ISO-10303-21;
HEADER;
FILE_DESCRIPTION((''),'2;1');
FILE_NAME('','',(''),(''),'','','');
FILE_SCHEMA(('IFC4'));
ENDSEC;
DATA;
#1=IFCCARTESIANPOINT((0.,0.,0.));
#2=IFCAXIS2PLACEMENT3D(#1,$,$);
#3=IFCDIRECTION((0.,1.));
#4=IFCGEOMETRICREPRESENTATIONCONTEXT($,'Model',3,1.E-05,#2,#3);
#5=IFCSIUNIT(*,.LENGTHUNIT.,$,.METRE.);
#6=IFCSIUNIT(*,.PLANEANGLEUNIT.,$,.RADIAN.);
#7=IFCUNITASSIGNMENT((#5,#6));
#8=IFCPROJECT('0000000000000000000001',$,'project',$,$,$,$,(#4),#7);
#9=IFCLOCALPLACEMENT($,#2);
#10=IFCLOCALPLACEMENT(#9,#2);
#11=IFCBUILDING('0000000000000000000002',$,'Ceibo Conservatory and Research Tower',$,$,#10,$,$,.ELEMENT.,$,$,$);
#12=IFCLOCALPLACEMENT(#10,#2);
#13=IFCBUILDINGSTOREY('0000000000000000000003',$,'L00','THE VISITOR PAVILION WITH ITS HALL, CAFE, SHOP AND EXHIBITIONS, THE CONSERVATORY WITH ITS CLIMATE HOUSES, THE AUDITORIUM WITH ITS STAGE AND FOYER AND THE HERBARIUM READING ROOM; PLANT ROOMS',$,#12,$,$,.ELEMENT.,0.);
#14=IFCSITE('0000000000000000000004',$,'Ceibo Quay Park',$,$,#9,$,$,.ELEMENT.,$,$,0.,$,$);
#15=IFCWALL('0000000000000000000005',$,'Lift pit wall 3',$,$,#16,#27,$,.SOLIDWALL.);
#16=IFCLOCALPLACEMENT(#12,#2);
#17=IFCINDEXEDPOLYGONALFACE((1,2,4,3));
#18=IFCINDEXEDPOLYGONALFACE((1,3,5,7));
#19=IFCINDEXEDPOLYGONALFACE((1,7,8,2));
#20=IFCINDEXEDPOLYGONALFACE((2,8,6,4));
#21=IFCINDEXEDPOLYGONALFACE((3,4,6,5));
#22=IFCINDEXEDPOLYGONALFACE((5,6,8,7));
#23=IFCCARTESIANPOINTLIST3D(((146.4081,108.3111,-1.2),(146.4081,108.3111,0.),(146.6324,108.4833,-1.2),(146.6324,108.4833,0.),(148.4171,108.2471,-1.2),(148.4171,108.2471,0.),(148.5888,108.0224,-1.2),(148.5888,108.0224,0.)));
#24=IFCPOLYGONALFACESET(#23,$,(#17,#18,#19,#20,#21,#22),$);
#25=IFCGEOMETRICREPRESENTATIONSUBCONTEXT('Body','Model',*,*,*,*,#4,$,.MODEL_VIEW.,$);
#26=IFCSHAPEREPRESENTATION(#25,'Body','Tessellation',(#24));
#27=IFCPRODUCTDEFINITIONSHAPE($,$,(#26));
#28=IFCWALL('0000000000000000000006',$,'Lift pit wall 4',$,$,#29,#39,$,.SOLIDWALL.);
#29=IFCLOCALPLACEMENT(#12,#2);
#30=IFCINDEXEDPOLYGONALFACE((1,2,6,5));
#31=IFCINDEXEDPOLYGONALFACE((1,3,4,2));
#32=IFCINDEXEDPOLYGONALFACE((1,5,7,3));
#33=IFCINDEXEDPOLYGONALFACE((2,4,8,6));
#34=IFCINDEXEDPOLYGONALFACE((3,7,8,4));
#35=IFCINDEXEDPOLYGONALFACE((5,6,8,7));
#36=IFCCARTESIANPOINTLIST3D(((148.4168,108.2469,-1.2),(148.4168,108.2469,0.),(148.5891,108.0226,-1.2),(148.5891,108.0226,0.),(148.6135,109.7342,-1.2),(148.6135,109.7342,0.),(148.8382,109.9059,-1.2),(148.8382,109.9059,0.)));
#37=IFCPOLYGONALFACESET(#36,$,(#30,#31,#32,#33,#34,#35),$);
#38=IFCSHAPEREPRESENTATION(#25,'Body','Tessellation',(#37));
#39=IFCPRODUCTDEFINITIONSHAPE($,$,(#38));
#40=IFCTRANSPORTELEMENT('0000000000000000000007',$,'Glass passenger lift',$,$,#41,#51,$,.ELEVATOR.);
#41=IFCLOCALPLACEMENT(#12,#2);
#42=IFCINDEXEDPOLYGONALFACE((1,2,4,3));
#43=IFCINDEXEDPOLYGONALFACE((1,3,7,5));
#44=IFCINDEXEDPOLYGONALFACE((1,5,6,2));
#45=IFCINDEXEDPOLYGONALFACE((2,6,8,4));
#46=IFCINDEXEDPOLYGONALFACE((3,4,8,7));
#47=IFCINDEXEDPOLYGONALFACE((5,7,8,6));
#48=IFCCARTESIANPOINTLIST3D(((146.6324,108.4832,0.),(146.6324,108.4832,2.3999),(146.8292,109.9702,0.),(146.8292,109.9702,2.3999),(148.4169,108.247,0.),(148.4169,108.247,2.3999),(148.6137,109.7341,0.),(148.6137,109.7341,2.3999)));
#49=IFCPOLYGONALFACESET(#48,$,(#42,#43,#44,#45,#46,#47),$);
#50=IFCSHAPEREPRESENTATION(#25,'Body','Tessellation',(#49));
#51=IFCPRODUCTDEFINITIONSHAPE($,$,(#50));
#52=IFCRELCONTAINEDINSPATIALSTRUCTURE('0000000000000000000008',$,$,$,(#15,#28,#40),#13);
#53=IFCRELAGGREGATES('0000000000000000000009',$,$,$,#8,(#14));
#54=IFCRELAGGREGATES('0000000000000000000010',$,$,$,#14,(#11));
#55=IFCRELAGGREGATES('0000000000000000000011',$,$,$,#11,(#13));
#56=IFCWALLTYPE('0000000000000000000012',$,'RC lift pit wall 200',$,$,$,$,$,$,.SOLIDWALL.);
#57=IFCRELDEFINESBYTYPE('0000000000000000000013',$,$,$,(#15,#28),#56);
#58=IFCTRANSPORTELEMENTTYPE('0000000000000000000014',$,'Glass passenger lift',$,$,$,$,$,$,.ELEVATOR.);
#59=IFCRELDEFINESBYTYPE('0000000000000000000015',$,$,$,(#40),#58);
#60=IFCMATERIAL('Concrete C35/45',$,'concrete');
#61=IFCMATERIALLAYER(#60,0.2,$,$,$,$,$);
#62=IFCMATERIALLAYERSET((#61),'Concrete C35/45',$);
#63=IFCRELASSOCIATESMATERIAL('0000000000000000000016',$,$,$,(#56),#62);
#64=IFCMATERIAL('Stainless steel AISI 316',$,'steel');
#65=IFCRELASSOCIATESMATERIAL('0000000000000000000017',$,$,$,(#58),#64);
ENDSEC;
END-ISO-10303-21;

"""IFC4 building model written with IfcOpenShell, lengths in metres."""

from ifc_helpers import new_model, si_unit, direction, frame, origin, origin_2d, place, context, subcontext, project, spatial, polyline, rectangle, outline, extrude, material, layer, layer_set, type_object, element, save


model = new_model("IFC4")

# Units and contexts
model_context = context("Model", 3, precision=1e-05, world=origin(), true_north=direction((0.0, 1.0)))
body_context = subcontext(model_context, "Body", "Model", "MODEL_VIEW")
ifc_project = project(units=[si_unit("LENGTHUNIT", "METRE"), si_unit("PLANEANGLEUNIT", "RADIAN")], contexts=[model_context])

# Site, building, storey
site_placement = place(None, origin())
site = spatial("IfcSite", under=ifc_project, at=site_placement, Name="Ceibo Quay Park", CompositionType="ELEMENT", RefElevation=0.0)
building_placement = place(site_placement, origin())
building = spatial("IfcBuilding", under=site, at=building_placement, Name="Ceibo Conservatory and Research Tower", CompositionType="ELEMENT")
storey_placement = place(building_placement, origin())
storey = spatial("IfcBuildingStorey", under=building, at=storey_placement, Name="L00", Description="THE VISITOR PAVILION WITH ITS HALL, CAFE, SHOP AND EXHIBITIONS, THE CONSERVATORY WITH ITS CLIMATE HOUSES, THE AUDITORIUM WITH ITS STAGE AND FOYER AND THE HERBARIUM READING ROOM; PLANT ROOMS", CompositionType="ELEMENT", Elevation=0.0)

# Shared definitions
ifc_material_1 = material(Name="Concrete C35/45", Category="concrete")

# Walls
ifc_layer_1 = layer(ifc_material_1, 0.2)
ifc_layer_set_1 = layer_set([ifc_layer_1], Name="Concrete C35/45")
wall_type_1 = type_object("IfcWallType", Name="RC lift pit wall 200", PredefinedType="SOLIDWALL", material=ifc_layer_set_1)
wall_1_placement = place(storey_placement, frame((146.5203, 108.3972, -1.2), z_axis=(0.0, 0.0, 1.0), x_axis=(0.991352, -0.131228, 0.0)))
element("IfcWall", 1, at=wall_1_placement, inside=storey, type_object=wall_type_1, Name="Lift pit wall 3", PredefinedType="SOLIDWALL", context=body_context, shape_type="SweptSolid", body=[
    extrude(outline(polyline([(-0.0999, -0.1001), (2.0999, -0.1001), (1.9001, 0.1001), (0.0999, 0.1001), (-0.0999, -0.1001)])), origin(), (0.0, 0.0, 1.0), 1.2),
])
wall_2_placement = place(storey_placement, frame((148.5029, 108.1348, -1.2), z_axis=(0.0, 0.0, 1.0), x_axis=(0.131119, 0.991367, 0.0)))
element("IfcWall", 2, at=wall_2_placement, inside=storey, type_object=wall_type_1, Name="Lift pit wall 4", PredefinedType="SOLIDWALL", context=body_context, shape_type="SweptSolid", body=[
    extrude(outline(polyline([(-0.0999, -0.1001), (1.7998, -0.1001), (1.6001, 0.1001), (0.0999, 0.1001), (-0.0999, -0.1001)])), origin(), (0.0, 0.0, 1.0), 1.2),
])

# Transport element
ifc_material_2 = material(Name="Stainless steel AISI 316", Category="steel")
transport_element_type = type_object("IfcTransportElementType", Name="Glass passenger lift", PredefinedType="ELEVATOR", material=ifc_material_2)
transport_element_placement = place(storey_placement, frame((147.623, 109.1086, 0.0), z_axis=(0.0, 0.0, 1.0), x_axis=(-0.131194, -0.991357, 0.0)))
element("IfcTransportElement", 3, at=transport_element_placement, inside=storey, type_object=transport_element_type, Name="Glass passenger lift", PredefinedType="ELEVATOR", context=body_context, shape_type="SweptSolid", body=[
    extrude(rectangle(XDim=1.5, YDim=1.8, at=origin_2d()), origin(), (0.0, 0.0, 1.0), 2.3999),
])

save(model, "model.ifc")
